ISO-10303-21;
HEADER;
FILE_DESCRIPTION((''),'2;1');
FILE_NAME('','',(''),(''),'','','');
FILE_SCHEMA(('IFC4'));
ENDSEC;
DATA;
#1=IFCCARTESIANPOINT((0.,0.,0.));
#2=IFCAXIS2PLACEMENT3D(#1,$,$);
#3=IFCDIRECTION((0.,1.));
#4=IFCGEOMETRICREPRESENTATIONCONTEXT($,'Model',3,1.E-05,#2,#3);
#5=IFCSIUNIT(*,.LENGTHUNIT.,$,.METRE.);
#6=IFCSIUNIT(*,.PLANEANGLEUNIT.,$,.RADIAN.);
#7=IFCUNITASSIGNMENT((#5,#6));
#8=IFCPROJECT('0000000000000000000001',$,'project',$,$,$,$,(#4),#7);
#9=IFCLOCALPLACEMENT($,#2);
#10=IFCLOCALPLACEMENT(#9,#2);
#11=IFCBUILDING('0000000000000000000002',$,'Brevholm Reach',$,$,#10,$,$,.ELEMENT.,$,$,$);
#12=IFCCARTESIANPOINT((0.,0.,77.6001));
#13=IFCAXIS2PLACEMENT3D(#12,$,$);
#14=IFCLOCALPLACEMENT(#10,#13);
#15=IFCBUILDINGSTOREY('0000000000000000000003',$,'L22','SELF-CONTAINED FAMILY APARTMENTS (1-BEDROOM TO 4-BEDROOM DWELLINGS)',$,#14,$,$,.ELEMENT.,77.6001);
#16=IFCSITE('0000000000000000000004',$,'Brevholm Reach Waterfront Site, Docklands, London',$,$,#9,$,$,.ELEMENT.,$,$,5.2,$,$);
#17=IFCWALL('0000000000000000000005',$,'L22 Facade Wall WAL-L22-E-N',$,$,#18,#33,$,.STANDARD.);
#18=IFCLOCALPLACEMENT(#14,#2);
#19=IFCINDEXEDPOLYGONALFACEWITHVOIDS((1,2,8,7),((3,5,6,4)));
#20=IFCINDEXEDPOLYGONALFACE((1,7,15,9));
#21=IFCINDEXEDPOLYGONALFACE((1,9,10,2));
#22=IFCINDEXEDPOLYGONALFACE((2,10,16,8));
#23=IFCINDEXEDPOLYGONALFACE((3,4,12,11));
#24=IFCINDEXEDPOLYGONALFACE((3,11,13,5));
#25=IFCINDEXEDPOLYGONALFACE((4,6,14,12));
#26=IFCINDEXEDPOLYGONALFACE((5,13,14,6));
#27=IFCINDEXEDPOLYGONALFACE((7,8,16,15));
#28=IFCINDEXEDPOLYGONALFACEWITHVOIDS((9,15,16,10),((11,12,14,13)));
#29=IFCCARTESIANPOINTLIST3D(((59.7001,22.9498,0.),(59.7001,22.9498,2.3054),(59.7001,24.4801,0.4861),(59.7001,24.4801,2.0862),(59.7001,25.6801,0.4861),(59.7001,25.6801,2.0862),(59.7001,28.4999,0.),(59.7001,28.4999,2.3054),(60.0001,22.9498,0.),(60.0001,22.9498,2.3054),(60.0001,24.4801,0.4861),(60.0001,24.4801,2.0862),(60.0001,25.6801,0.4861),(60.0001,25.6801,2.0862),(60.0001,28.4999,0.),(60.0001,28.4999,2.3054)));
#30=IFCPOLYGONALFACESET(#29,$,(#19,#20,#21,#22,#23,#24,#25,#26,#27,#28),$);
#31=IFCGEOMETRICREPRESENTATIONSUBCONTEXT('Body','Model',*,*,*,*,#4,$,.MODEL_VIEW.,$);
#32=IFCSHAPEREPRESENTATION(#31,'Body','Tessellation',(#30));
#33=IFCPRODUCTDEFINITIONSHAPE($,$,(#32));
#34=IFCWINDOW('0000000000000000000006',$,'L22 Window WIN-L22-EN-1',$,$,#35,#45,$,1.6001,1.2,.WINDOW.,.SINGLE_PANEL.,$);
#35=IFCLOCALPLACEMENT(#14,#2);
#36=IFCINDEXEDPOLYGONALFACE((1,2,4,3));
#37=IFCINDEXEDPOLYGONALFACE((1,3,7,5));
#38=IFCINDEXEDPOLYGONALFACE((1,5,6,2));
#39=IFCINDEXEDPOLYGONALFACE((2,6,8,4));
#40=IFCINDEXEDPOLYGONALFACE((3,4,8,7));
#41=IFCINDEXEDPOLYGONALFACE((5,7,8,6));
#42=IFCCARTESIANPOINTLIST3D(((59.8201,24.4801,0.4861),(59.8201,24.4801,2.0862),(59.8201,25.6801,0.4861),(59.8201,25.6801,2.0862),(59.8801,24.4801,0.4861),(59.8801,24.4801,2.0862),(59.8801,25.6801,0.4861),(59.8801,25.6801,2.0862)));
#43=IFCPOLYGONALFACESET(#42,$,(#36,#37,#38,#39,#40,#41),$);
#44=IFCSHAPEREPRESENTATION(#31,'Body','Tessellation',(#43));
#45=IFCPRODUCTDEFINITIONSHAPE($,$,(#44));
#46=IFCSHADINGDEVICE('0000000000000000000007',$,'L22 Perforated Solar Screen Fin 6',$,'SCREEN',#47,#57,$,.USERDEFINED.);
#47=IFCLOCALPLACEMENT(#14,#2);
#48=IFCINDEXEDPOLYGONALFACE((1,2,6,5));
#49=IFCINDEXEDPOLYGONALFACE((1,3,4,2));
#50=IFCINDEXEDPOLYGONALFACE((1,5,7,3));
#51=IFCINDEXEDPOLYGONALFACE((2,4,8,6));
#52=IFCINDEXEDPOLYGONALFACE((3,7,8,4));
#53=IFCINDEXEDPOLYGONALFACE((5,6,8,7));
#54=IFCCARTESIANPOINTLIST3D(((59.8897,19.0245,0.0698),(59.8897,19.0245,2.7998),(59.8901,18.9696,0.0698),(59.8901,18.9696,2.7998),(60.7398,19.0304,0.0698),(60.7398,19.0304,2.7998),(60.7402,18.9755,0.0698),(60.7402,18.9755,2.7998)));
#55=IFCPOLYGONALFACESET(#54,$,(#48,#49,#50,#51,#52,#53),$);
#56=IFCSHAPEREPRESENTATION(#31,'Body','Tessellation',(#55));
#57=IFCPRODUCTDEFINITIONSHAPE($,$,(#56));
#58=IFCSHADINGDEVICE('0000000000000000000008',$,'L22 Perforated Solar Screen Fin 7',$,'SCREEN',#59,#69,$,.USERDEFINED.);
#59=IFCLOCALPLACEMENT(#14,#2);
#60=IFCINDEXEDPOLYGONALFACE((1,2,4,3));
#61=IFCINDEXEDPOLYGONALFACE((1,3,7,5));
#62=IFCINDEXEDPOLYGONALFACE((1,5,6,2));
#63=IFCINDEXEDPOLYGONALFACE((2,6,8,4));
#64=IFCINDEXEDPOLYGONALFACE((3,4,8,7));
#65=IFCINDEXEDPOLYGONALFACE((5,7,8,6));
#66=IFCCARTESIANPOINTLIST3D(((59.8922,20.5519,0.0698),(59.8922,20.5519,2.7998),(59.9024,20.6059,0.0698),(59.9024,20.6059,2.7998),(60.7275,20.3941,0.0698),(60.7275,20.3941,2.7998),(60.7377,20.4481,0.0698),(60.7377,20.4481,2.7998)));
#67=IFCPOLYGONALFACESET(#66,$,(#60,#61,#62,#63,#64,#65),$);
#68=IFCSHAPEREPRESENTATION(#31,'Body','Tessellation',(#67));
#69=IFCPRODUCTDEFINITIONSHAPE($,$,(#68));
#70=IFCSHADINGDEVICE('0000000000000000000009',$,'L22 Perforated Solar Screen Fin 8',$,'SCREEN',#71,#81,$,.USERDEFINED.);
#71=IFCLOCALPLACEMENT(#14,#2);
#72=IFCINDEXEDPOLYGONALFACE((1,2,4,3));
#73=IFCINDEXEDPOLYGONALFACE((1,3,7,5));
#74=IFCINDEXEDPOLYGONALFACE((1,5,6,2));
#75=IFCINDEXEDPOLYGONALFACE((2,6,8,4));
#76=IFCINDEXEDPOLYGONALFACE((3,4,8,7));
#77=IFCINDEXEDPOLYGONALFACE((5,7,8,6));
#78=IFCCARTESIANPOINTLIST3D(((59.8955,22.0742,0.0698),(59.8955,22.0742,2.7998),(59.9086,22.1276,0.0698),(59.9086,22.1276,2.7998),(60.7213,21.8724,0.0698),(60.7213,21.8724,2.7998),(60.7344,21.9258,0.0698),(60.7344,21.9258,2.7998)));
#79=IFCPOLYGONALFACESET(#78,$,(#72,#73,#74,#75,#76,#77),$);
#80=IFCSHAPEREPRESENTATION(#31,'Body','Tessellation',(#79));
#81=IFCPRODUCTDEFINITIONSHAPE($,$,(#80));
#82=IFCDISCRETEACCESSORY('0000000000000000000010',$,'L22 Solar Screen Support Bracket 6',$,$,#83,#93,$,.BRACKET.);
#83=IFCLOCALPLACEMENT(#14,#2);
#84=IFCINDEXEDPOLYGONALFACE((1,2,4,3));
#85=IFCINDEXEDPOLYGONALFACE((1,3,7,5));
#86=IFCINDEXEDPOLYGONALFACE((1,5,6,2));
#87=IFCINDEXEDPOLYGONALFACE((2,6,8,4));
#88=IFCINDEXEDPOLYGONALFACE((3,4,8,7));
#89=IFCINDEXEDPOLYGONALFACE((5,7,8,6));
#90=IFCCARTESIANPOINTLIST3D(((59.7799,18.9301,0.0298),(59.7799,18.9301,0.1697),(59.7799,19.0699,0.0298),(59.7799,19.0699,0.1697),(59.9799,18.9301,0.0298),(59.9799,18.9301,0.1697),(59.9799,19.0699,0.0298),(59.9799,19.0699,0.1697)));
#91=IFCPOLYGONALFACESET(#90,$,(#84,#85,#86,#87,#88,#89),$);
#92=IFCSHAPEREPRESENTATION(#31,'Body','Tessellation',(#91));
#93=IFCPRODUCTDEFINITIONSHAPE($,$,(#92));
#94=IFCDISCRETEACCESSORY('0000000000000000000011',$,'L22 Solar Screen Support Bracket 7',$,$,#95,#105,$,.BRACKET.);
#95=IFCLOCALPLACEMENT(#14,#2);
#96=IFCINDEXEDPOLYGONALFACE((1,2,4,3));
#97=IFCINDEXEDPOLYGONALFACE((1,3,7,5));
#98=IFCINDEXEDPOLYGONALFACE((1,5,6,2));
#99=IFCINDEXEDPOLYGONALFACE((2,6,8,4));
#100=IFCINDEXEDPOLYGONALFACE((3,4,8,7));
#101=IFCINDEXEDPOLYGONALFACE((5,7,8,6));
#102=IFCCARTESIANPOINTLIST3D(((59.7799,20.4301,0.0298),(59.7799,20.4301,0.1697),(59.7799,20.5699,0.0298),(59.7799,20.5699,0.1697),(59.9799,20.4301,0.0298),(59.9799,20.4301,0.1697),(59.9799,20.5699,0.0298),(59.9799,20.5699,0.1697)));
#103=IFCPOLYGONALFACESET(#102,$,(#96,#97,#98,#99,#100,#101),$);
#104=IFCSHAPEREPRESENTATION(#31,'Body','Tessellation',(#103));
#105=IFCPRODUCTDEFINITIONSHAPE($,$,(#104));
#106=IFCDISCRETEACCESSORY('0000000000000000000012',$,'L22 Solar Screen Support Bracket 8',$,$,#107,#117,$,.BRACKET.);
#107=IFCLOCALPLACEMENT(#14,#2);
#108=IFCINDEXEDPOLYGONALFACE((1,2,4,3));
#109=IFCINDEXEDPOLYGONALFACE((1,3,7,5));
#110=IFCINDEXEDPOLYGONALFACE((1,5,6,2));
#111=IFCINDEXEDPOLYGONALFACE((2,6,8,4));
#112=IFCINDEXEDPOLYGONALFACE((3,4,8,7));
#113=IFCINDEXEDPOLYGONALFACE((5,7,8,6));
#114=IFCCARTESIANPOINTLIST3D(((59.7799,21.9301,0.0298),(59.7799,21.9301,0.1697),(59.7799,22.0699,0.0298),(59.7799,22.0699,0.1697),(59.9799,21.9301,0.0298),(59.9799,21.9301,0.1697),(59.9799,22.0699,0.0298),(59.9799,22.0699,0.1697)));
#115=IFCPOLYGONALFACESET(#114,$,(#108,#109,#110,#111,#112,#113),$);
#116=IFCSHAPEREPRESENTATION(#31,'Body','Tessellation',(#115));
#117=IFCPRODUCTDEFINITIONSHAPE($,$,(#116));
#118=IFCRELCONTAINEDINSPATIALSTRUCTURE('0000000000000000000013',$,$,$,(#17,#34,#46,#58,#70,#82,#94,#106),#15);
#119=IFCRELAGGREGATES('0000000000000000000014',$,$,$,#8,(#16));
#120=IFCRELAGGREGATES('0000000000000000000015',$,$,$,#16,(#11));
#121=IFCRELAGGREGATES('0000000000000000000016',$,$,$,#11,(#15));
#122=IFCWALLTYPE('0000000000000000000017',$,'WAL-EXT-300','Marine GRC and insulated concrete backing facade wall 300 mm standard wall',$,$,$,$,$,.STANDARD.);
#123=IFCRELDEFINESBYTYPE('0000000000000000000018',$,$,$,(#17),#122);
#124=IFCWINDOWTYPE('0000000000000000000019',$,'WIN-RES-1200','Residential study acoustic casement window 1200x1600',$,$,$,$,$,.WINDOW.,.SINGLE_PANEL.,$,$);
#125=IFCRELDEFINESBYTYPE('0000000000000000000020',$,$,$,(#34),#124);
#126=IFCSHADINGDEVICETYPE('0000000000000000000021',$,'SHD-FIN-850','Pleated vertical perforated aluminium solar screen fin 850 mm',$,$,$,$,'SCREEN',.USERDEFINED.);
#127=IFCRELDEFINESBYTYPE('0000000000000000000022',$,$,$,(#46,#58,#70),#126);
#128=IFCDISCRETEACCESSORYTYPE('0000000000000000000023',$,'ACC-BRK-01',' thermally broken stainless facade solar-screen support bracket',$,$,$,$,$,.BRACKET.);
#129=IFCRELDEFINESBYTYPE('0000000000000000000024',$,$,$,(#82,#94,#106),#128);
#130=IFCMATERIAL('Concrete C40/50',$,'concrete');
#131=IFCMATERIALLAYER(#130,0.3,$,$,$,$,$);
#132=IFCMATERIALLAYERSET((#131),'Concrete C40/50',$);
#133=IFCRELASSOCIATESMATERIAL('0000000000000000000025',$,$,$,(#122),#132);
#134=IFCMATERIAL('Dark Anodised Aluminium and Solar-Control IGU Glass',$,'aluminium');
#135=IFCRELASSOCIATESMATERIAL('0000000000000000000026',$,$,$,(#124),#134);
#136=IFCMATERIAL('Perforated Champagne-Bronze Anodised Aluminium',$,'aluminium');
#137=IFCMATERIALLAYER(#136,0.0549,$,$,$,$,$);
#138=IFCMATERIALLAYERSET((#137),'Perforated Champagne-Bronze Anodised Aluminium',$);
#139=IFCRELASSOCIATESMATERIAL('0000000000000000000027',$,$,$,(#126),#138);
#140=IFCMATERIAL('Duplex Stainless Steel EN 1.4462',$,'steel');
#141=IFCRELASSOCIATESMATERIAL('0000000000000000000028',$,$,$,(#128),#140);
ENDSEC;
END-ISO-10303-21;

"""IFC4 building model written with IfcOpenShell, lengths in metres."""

from ifc_helpers import new_model, si_unit, direction, frame, frame_2d, origin, origin_2d, place, context, subcontext, project, spatial, rectangle, extrude, material, layer, layer_set, type_object, element, fill, save


model = new_model("IFC4")

# Units and contexts
model_context = context("Model", 3, precision=1e-05, world=origin(), true_north=direction((0.0, 1.0)))
body_context = subcontext(model_context, "Body", "Model", "MODEL_VIEW")
ifc_project = project(units=[si_unit("LENGTHUNIT", "METRE"), si_unit("PLANEANGLEUNIT", "RADIAN")], contexts=[model_context])

# Site, building, storey
site_placement = place(None, origin())
site = spatial("IfcSite", under=ifc_project, at=site_placement, Name="Brevholm Reach Waterfront Site, Docklands, London", CompositionType="ELEMENT", RefElevation=5.2)
building_placement = place(site_placement, origin())
building = spatial("IfcBuilding", under=site, at=building_placement, Name="Brevholm Reach", CompositionType="ELEMENT")
storey_placement = place(building_placement, frame((0.0, 0.0, 77.6001)))
storey = spatial("IfcBuildingStorey", under=building, at=storey_placement, Name="L22", Description="SELF-CONTAINED FAMILY APARTMENTS (1-BEDROOM TO 4-BEDROOM DWELLINGS)", CompositionType="ELEMENT", Elevation=77.6001)

# Wall, opening, window
ifc_material_1 = material(Name="Concrete C40/50", Category="concrete")
ifc_layer_1 = layer(ifc_material_1, 0.3)
ifc_layer_set_1 = layer_set([ifc_layer_1], Name="Concrete C40/50")
wall_type = type_object("IfcWallType", Name="WAL-EXT-300", Description="Marine GRC and insulated concrete backing facade wall 300 mm standard wall", PredefinedType="STANDARD", material=ifc_layer_set_1)
wall_placement = place(storey_placement, frame((59.8501, 22.95, 0.0), z_axis=(0.0, 0.0, 1.0), x_axis=(0.0, 1.0, 0.0)))
wall = element("IfcWall", 1, at=wall_placement, inside=storey, type_object=wall_type, Name="L22 Facade Wall WAL-L22-E-N", PredefinedType="STANDARD", context=body_context, shape_type="SweptSolid", body=[
    extrude(rectangle(XDim=5.55, YDim=0.3, at=frame_2d((2.7749, 0.0))), origin(), (0.0, 0.0, 1.0), 2.3054),
])
opening_placement = place(wall_placement, frame((1.53, 0.0, 0.4861)))
opening = element("IfcOpeningElement", 2, at=opening_placement, cuts=wall, PredefinedType="OPENING", context=body_context, shape_type="SweptSolid", body=[
    extrude(rectangle(XDim=1.2, YDim=1.6001, at=frame_2d((0.6001, 0.8))), frame((0.0, 0.1599, 0.0), z_axis=(0.0, -1.0, 0.0), x_axis=(1.0, 0.0, 0.0)), (0.0, 0.0, 1.0), 0.3201),
])
ifc_material_2 = material(Name="Dark Anodised Aluminium and Solar-Control IGU Glass", Category="aluminium")
window_type = type_object("IfcWindowType", Name="WIN-RES-1200", Description="Residential study acoustic casement window 1200x1600", PartitioningType="SINGLE_PANEL", PredefinedType="WINDOW", material=ifc_material_2)
window_placement = place(opening_placement, origin())
window = element("IfcWindow", 3, at=window_placement, inside=storey, type_object=window_type, Name="L22 Window WIN-L22-EN-1", OverallHeight=1.6001, OverallWidth=1.2, PartitioningType="SINGLE_PANEL", PredefinedType="WINDOW", context=body_context, shape_type="SweptSolid", body=[
    extrude(rectangle(XDim=1.2, YDim=1.6001, at=frame_2d((0.6001, 0.8))), frame((0.0, 0.03, 0.0), z_axis=(0.0, -1.0, 0.0), x_axis=(1.0, 0.0, 0.0)), (0.0, 0.0, 1.0), 0.0601),
])
fill(opening, window)

# Shading devices
ifc_material_3 = material(Name="Perforated Champagne-Bronze Anodised Aluminium", Category="aluminium")
ifc_layer_2 = layer(ifc_material_3, 0.0549)
ifc_layer_set_2 = layer_set([ifc_layer_2], Name="Perforated Champagne-Bronze Anodised Aluminium")
shading_device_type = type_object("IfcShadingDeviceType", Name="SHD-FIN-850", Description="Pleated vertical perforated aluminium solar screen fin 850 mm", ElementType="SCREEN", PredefinedType="USERDEFINED", material=ifc_layer_set_2)
for number, where, z_axis, x_axis, name in (
    (4, (60.3149, 19.0, 0.0698), (0.0, 0.0, 1.0), (0.999976, 0.006929, 0.0), "L22 Perforated Solar Screen Fin 6"),
    (5, (60.3149, 20.5, 0.0698), (0.0, 0.0, 1.0), (0.982632, -0.185564, 0.0), "L22 Perforated Solar Screen Fin 7"),
    (6, (60.3149, 22.0, 0.0698), (0.0, 0.0, 1.0), (0.971417, -0.237381, 0.0), "L22 Perforated Solar Screen Fin 8"),
):
    element("IfcShadingDevice", number, at=place(storey_placement, frame(where, z_axis=z_axis, x_axis=x_axis)), inside=storey, type_object=shading_device_type, Name=name, ObjectType="SCREEN", PredefinedType="USERDEFINED", context=body_context, shape_type="SweptSolid", body=[
        extrude(rectangle(XDim=0.8501, YDim=0.0549, at=origin_2d()), origin(), (0.0, 0.0, 1.0), 2.73),
    ])

# Discrete accessories
ifc_material_4 = material(Name="Duplex Stainless Steel EN 1.4462", Category="steel")
discrete_accessory_type = type_object("IfcDiscreteAccessoryType", Name="ACC-BRK-01", Description=" thermally broken stainless facade solar-screen support bracket", PredefinedType="BRACKET", material=ifc_material_4)
for number, where, z_axis, x_axis, name in (
    (7, (59.8799, 19.0, 0.0298), (0.0, 0.0, 1.0), (1.0, 0.0, 0.0), "L22 Solar Screen Support Bracket 6"),
    (8, (59.8799, 20.5, 0.0298), (0.0, 0.0, 1.0), (1.0, 0.0, 0.0), "L22 Solar Screen Support Bracket 7"),
    (9, (59.8799, 22.0, 0.0298), (0.0, 0.0, 1.0), (1.0, 0.0, 0.0), "L22 Solar Screen Support Bracket 8"),
):
    element("IfcDiscreteAccessory", number, at=place(storey_placement, frame(where, z_axis=z_axis, x_axis=x_axis)), inside=storey, type_object=discrete_accessory_type, Name=name, PredefinedType="BRACKET", context=body_context, shape_type="SweptSolid", body=[
        extrude(rectangle(XDim=0.2, YDim=0.1399, at=origin_2d()), origin(), (0.0, 0.0, 1.0), 0.1399),
    ])

save(model, "model.ifc")
